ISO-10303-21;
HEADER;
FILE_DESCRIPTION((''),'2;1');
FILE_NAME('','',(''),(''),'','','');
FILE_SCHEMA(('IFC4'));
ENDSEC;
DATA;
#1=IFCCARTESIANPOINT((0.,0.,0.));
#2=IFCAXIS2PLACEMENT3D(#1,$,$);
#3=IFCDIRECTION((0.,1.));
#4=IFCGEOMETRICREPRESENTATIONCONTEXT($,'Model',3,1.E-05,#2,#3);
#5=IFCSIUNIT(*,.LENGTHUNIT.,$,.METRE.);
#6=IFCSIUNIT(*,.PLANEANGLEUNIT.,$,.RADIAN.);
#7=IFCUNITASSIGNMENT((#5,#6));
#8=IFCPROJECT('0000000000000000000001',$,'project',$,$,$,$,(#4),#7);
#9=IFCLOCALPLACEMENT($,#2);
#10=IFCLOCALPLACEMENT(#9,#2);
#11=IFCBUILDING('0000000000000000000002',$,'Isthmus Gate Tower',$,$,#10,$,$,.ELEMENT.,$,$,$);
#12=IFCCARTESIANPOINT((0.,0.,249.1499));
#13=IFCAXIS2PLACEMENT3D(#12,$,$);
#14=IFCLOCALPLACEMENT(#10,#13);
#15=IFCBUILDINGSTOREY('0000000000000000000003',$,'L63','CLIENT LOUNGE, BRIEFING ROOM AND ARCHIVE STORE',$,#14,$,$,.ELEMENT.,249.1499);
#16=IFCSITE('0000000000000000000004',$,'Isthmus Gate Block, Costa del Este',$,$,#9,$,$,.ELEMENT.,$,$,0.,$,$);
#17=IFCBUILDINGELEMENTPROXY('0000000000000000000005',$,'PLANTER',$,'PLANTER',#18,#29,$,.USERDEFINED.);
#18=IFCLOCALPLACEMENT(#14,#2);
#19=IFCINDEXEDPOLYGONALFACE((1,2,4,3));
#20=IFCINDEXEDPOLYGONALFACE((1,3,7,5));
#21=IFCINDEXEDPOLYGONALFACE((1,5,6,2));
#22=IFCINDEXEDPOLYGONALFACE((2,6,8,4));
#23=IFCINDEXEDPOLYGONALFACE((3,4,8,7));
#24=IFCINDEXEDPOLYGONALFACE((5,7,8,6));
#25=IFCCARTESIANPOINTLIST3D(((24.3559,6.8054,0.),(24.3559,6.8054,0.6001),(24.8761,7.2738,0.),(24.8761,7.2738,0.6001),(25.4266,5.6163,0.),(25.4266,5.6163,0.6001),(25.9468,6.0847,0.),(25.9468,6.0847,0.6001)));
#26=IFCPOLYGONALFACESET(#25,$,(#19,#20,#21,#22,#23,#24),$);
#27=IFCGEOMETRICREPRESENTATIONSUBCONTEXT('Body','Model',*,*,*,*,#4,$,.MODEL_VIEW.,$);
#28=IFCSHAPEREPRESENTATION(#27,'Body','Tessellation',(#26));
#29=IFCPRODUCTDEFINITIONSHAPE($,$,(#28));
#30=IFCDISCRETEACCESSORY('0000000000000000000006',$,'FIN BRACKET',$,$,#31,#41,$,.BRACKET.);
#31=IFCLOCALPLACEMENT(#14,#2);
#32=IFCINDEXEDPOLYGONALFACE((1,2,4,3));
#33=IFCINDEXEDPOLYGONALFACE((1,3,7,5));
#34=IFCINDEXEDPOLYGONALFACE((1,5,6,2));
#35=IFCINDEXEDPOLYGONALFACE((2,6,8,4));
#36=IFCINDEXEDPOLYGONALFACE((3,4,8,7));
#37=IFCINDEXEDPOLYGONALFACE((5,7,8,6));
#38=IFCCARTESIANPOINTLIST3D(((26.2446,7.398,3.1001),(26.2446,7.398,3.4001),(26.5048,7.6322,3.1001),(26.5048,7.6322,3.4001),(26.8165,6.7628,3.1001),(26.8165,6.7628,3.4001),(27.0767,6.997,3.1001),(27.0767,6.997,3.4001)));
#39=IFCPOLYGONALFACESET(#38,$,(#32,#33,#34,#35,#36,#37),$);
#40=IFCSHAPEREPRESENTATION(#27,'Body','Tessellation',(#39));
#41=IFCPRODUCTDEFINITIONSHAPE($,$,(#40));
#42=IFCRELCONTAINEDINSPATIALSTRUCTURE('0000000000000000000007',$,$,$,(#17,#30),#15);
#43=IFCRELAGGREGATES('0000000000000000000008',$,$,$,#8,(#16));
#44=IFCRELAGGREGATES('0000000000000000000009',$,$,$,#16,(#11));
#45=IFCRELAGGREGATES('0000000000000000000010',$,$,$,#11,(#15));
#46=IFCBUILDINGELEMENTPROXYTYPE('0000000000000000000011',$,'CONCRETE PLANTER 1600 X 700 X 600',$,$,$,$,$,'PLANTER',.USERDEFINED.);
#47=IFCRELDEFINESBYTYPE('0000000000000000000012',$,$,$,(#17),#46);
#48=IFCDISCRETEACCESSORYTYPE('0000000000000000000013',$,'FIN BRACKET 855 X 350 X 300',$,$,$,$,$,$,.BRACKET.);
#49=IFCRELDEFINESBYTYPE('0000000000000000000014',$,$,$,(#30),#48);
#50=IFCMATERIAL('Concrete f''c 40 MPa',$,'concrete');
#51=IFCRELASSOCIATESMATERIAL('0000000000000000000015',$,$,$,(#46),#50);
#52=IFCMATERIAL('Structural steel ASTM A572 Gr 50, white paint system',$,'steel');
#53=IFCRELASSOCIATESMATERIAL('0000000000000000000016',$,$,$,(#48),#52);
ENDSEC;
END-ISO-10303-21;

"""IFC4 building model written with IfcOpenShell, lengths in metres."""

from ifc_helpers import new_model, si_unit, direction, frame, origin, origin_2d, place, context, subcontext, project, spatial, rectangle, extrude, material, type_object, element, save


model = new_model("IFC4")

# Units and contexts
model_context = context("Model", 3, precision=1e-05, world=origin(), true_north=direction((0.0, 1.0)))
body_context = subcontext(model_context, "Body", "Model", "MODEL_VIEW")
ifc_project = project(units=[si_unit("LENGTHUNIT", "METRE"), si_unit("PLANEANGLEUNIT", "RADIAN")], contexts=[model_context])

# Site, building, storey
site_placement = place(None, origin())
site = spatial("IfcSite", under=ifc_project, at=site_placement, Name="Isthmus Gate Block, Costa del Este", CompositionType="ELEMENT", RefElevation=0.0)
building_placement = place(site_placement, origin())
building = spatial("IfcBuilding", under=site, at=building_placement, Name="Isthmus Gate Tower", CompositionType="ELEMENT")
storey_placement = place(building_placement, frame((0.0, 0.0, 249.1499)))
storey = spatial("IfcBuildingStorey", under=building, at=storey_placement, Name="L63", Description="CLIENT LOUNGE, BRIEFING ROOM AND ARCHIVE STORE", CompositionType="ELEMENT", Elevation=249.1499)

# Building element proxy
ifc_material_1 = material(Name="Concrete f'c 40 MPa", Category="concrete")
building_element_proxy_type = type_object("IfcBuildingElementProxyType", Name="CONCRETE PLANTER 1600 X 700 X 600", ElementType="PLANTER", PredefinedType="USERDEFINED", material=ifc_material_1)
for number, where, z_axis, x_axis, name in (
    (1, (25.1514, 6.4451, 0.0), (0.0, 0.0, 1.0), (-0.669131, 0.743145, 0.0), "PLANTER"),
):
    element("IfcBuildingElementProxy", number, at=place(storey_placement, frame(where, z_axis=z_axis, x_axis=x_axis)), inside=storey, type_object=building_element_proxy_type, Name=name, ObjectType="PLANTER", PredefinedType="USERDEFINED", context=body_context, shape_type="SweptSolid", body=[
        extrude(rectangle(XDim=1.6001, YDim=0.7, at=origin_2d()), origin(), (0.0, 0.0, 1.0), 0.6001),
    ])

# Discrete accessory
ifc_material_2 = material(Name="Structural steel ASTM A572 Gr 50, white paint system", Category="steel")
discrete_accessory_type = type_object("IfcDiscreteAccessoryType", Name="FIN BRACKET 855 X 350 X 300", PredefinedType="BRACKET", material=ifc_material_2)
discrete_accessory_placement = place(storey_placement, frame((26.6606, 7.1975, 3.1001), z_axis=(0.0, 0.0, 1.0), x_axis=(0.743145, 0.669131, 0.0)))
element("IfcDiscreteAccessory", 2, at=discrete_accessory_placement, inside=storey, type_object=discrete_accessory_type, Name="FIN BRACKET", PredefinedType="BRACKET", context=body_context, shape_type="SweptSolid", body=[
    extrude(rectangle(XDim=0.3501, YDim=0.8547, at=origin_2d()), origin(), (0.0, 0.0, 1.0), 0.3),
])

save(model, "model.ifc")
